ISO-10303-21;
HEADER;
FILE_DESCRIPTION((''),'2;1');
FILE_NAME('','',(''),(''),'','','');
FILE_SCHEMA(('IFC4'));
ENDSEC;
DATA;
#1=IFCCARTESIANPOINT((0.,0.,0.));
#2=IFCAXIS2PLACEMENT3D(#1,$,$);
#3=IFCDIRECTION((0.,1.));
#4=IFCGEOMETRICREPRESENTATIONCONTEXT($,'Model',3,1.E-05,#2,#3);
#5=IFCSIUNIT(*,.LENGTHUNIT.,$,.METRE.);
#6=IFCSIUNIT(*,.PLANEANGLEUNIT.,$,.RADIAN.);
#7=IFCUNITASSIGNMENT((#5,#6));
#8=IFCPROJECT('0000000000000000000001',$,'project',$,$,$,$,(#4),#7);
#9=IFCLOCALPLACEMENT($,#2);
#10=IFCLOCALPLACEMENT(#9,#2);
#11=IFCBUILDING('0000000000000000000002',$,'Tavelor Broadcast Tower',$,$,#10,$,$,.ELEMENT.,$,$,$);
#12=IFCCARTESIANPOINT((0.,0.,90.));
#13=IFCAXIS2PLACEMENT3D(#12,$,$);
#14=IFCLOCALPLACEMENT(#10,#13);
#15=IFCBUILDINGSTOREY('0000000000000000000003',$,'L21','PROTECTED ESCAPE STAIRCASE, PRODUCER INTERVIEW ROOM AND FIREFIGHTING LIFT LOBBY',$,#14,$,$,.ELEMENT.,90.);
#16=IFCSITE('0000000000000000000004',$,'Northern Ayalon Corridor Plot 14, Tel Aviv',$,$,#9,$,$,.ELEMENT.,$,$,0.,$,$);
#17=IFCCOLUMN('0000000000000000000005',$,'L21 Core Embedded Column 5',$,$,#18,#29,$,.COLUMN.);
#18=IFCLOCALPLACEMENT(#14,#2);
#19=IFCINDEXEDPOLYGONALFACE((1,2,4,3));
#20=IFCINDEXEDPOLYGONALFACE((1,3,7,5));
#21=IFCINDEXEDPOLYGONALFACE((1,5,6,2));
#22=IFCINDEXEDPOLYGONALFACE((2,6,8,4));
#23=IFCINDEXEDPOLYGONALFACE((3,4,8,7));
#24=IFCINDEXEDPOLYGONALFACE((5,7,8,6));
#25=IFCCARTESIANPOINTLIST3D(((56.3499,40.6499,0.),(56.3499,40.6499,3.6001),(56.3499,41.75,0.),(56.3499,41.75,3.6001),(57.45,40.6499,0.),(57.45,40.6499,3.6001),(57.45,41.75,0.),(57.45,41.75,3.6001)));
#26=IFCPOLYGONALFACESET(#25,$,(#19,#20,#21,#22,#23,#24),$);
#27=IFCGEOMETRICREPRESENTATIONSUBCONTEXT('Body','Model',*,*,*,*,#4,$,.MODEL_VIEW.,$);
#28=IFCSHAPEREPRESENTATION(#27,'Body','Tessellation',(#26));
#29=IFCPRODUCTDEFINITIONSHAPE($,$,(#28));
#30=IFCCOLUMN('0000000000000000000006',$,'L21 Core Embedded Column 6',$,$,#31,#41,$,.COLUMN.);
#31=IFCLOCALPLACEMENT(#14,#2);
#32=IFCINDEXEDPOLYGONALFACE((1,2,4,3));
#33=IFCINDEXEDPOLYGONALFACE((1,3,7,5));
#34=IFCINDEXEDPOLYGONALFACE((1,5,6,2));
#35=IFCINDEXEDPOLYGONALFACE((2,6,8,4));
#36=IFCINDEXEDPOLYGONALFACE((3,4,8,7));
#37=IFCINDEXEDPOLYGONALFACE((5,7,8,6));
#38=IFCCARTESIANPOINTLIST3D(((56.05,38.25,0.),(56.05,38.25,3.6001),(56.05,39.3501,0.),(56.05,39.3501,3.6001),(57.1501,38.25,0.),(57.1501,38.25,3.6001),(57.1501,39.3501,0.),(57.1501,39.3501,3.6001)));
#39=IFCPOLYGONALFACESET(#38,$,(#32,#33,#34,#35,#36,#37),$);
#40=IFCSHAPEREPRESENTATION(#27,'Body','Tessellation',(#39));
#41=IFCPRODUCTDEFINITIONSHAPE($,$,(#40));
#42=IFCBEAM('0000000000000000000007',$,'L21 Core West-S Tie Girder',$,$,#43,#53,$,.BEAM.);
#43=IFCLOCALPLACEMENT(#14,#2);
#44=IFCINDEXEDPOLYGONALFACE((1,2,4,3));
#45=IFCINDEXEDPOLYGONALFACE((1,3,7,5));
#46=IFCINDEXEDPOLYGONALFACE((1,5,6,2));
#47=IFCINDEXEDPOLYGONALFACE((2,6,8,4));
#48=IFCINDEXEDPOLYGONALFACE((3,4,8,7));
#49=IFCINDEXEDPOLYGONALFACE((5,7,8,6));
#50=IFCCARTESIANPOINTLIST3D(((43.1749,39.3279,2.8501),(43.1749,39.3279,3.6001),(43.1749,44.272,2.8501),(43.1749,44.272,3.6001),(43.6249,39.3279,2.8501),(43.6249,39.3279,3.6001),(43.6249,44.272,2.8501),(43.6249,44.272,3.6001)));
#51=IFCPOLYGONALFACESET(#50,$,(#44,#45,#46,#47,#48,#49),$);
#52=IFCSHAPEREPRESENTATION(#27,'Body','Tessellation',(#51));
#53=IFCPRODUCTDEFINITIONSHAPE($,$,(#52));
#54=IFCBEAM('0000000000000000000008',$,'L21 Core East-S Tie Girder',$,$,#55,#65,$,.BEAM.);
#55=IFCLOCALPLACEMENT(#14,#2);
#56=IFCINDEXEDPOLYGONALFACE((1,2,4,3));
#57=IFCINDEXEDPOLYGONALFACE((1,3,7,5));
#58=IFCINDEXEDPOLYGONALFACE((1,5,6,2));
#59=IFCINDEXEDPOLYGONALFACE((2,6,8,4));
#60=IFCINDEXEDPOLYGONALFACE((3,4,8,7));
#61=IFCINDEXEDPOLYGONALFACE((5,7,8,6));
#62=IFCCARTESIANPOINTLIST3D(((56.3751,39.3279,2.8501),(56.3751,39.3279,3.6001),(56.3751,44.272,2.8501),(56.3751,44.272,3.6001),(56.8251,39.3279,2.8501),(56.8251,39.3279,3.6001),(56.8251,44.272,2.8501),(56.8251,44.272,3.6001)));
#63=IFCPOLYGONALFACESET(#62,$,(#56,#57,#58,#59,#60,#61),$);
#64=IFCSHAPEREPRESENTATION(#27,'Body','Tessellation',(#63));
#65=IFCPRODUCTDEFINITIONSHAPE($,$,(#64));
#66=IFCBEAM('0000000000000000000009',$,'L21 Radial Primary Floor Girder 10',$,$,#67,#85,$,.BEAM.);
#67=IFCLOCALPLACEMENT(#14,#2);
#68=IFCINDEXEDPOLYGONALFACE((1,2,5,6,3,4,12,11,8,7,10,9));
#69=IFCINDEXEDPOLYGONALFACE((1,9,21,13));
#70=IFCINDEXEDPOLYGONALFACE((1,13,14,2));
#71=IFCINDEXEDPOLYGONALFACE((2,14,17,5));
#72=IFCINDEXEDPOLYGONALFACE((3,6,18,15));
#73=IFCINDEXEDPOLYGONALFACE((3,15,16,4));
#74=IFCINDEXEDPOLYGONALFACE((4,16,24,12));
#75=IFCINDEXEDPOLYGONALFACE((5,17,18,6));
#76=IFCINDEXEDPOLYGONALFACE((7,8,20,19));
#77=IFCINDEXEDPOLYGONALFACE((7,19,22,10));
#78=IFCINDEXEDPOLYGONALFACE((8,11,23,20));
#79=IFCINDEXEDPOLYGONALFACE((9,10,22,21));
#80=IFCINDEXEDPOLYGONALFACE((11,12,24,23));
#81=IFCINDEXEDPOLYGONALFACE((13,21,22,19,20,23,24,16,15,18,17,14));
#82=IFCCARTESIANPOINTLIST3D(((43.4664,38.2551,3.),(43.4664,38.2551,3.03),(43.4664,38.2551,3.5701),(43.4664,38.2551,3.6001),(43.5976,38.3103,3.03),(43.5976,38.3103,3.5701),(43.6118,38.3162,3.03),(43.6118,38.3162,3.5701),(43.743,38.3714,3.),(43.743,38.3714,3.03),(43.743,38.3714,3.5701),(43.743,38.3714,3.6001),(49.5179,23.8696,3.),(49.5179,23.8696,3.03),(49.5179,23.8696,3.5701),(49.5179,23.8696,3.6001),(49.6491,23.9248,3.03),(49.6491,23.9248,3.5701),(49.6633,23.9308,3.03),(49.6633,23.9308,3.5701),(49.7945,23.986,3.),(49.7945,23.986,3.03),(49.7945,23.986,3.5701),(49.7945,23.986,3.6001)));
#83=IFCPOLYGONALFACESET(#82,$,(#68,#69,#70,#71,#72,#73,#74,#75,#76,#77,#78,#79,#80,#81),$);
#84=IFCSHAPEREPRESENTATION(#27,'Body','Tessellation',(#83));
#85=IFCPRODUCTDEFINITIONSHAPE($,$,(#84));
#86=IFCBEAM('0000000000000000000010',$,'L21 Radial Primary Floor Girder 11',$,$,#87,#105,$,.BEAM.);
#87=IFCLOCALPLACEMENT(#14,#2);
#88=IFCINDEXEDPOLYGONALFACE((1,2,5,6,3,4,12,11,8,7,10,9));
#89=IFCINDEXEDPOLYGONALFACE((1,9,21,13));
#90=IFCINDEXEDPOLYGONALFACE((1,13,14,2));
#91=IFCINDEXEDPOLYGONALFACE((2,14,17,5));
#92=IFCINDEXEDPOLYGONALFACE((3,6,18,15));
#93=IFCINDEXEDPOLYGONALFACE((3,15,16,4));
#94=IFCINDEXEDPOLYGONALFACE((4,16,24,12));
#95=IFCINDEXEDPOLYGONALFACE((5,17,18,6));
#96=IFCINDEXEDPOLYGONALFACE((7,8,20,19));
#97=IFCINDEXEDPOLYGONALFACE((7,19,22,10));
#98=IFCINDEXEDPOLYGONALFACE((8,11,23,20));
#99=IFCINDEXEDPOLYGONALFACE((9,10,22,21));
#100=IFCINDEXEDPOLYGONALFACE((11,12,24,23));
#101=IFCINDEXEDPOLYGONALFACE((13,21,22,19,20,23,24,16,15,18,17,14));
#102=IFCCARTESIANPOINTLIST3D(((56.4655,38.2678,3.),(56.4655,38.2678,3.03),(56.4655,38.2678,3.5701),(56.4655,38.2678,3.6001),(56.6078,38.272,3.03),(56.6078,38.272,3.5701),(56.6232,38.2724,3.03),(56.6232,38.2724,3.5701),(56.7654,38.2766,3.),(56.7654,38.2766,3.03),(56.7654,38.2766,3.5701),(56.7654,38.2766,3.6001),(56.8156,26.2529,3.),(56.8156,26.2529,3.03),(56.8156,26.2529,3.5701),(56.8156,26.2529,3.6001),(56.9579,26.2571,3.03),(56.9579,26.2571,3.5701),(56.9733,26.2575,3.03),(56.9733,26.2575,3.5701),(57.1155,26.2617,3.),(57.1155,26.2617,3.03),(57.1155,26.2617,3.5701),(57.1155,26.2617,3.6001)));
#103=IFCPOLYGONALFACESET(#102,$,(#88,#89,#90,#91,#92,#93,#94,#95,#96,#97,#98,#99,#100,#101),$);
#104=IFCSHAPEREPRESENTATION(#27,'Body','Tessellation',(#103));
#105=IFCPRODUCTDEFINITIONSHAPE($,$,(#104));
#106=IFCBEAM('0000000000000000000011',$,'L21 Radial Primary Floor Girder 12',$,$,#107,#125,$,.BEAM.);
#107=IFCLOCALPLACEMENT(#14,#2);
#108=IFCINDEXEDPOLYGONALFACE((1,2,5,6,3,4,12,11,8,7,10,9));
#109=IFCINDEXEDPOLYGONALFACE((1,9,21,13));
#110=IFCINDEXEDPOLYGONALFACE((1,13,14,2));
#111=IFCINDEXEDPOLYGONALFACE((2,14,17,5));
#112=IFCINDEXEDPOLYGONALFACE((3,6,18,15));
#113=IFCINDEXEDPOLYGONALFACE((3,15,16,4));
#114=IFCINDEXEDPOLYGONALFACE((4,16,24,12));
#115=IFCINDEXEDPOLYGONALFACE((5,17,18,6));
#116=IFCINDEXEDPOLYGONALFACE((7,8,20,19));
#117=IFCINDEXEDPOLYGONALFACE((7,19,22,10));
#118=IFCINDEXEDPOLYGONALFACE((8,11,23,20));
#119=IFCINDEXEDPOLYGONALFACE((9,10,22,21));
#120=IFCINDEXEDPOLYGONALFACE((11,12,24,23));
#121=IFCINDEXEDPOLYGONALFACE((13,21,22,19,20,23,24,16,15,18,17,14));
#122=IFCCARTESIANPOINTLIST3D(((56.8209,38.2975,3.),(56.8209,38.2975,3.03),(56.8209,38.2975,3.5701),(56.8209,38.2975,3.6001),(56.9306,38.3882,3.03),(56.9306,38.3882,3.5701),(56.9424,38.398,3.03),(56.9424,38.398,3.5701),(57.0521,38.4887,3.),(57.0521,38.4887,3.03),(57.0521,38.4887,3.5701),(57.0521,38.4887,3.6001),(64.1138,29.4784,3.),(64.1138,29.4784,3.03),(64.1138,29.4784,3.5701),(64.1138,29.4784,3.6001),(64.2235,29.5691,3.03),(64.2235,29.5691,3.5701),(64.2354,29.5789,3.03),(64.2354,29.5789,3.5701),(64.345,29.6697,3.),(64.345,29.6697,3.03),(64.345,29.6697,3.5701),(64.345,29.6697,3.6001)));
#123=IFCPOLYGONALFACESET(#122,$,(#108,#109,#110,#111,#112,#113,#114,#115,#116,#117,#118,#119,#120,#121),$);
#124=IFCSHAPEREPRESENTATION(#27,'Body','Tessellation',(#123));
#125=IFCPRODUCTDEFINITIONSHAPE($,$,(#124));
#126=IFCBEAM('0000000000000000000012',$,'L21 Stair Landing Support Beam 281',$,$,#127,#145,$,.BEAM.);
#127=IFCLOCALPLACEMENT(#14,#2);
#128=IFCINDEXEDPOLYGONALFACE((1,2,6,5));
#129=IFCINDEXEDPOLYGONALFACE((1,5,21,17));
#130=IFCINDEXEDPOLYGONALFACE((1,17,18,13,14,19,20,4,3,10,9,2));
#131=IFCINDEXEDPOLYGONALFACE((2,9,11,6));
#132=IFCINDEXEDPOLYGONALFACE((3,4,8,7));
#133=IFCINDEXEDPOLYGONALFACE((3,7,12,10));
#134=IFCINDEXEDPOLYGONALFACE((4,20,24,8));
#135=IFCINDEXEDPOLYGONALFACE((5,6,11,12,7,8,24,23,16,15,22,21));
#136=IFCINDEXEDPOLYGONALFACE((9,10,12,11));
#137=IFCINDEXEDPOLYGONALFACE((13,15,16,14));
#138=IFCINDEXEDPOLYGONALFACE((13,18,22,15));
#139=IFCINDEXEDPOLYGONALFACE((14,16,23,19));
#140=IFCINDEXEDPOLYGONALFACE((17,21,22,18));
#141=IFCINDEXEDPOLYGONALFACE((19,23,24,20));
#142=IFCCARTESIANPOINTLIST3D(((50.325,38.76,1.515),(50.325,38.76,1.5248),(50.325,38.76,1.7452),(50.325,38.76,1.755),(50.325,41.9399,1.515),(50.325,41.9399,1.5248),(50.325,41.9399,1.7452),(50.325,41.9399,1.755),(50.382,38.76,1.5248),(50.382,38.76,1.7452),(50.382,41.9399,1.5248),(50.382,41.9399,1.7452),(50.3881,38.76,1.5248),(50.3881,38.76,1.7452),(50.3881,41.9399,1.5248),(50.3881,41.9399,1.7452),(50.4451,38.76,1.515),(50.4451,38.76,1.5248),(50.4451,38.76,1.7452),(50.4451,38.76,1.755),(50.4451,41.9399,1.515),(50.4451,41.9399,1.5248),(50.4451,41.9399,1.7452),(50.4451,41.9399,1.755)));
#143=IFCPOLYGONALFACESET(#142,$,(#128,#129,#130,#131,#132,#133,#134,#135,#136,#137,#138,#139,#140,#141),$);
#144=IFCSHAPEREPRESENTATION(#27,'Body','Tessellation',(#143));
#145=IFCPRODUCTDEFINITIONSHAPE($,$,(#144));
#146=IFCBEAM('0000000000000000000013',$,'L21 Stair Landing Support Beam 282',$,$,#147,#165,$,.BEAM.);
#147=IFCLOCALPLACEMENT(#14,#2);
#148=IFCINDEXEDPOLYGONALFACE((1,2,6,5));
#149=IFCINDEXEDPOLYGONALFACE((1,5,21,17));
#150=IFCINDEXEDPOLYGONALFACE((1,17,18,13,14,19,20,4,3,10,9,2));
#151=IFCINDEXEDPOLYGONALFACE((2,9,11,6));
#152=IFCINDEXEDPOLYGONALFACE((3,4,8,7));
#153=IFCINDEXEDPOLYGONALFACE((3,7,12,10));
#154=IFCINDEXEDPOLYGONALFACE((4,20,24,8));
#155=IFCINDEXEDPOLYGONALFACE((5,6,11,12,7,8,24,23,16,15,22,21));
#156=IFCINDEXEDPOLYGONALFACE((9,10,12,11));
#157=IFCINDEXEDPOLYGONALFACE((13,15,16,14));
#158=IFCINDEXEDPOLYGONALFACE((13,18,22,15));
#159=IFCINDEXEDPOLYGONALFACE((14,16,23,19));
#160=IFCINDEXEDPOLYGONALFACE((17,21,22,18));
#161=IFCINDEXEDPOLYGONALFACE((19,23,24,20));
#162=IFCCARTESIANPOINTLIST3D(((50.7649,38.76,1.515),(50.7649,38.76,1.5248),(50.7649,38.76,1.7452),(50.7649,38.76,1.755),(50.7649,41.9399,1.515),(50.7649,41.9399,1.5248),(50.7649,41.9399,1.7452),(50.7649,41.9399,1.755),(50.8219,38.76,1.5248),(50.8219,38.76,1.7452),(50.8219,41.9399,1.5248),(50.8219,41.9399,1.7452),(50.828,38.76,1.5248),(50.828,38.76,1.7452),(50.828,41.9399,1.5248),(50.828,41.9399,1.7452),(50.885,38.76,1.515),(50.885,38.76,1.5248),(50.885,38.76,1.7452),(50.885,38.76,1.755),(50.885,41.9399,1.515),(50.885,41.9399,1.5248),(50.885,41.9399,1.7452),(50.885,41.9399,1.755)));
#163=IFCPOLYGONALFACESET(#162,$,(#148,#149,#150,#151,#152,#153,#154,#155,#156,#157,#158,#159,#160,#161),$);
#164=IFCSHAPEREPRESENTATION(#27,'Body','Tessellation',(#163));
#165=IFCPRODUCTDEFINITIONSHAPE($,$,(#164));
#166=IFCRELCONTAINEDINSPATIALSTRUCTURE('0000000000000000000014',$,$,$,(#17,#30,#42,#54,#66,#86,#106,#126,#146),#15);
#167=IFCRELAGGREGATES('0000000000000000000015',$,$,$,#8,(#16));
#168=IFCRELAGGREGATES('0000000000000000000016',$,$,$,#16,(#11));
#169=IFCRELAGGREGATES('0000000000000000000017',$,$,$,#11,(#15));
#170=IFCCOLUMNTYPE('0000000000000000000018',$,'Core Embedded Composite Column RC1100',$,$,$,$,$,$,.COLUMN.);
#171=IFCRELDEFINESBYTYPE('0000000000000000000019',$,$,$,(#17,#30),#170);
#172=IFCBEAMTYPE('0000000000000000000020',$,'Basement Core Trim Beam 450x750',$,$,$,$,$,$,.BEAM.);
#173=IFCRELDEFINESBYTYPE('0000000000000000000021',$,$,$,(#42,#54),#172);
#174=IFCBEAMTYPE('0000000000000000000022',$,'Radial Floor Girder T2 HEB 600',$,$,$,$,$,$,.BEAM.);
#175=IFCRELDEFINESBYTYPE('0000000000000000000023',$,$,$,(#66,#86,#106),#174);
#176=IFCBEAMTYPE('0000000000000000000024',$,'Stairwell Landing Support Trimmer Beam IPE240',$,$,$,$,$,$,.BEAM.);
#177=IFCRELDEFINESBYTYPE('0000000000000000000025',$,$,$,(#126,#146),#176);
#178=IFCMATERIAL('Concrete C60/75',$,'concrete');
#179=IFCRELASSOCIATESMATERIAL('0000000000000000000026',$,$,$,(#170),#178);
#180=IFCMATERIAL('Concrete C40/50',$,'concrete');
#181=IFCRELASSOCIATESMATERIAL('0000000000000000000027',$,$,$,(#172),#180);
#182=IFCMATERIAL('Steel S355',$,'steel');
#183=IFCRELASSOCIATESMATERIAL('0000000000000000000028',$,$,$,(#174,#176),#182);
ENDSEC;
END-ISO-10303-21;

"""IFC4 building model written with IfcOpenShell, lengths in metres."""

from ifc_helpers import new_model, si_unit, direction, frame, origin, origin_2d, place, context, subcontext, project, spatial, rectangle, i_section, extrude, material, material_profile, profile_set, type_object, element, save


model = new_model("IFC4")

# Units and contexts
model_context = context("Model", 3, precision=1e-05, world=origin(), true_north=direction((0.0, 1.0)))
body_context = subcontext(model_context, "Body", "Model", "MODEL_VIEW")
ifc_project = project(units=[si_unit("LENGTHUNIT", "METRE"), si_unit("PLANEANGLEUNIT", "RADIAN")], contexts=[model_context])

# Site, building, storey
site_placement = place(None, origin())
site = spatial("IfcSite", under=ifc_project, at=site_placement, Name="Northern Ayalon Corridor Plot 14, Tel Aviv", CompositionType="ELEMENT", RefElevation=0.0)
building_placement = place(site_placement, origin())
building = spatial("IfcBuilding", under=site, at=building_placement, Name="Tavelor Broadcast Tower", CompositionType="ELEMENT")
storey_placement = place(building_placement, frame((0.0, 0.0, 90.0)))
storey = spatial("IfcBuildingStorey", under=building, at=storey_placement, Name="L21", Description="PROTECTED ESCAPE STAIRCASE, PRODUCER INTERVIEW ROOM AND FIREFIGHTING LIFT LOBBY", CompositionType="ELEMENT", Elevation=90.0)

# Columns
ifc_material_1 = material(Name="Concrete C60/75", Category="concrete")
ifc_material_profile_1 = material_profile(ifc_material_1, rectangle(XDim=1.1001, YDim=1.1001, at=origin_2d()), Name="RC 1100x1100")
ifc_profile_set_1 = profile_set([ifc_material_profile_1], Name="Concrete C60/75")
column_type = type_object("IfcColumnType", Name="Core Embedded Composite Column RC1100", PredefinedType="COLUMN", material=ifc_profile_set_1)
for number, where, z_axis, x_axis, name in (
    (1, (56.8999, 41.2, 0.0), (0.0, 0.0, 1.0), (1.0, 0.0, 0.0), "L21 Core Embedded Column 5"),
    (2, (56.6001, 38.8, 0.0), (0.0, 0.0, 1.0), (1.0, 0.0, 0.0), "L21 Core Embedded Column 6"),
):
    element("IfcColumn", number, at=place(storey_placement, frame(where, z_axis=z_axis, x_axis=x_axis)), inside=storey, type_object=column_type, Name=name, PredefinedType="COLUMN", context=body_context, shape_type="SweptSolid", body=[
        extrude(rectangle(XDim=1.1001, YDim=1.1001, at=origin_2d()), origin(), (0.0, 0.0, 1.0), 3.6001),
    ])

# Beams
ifc_material_2 = material(Name="Concrete C40/50", Category="concrete")
ifc_material_profile_2 = material_profile(ifc_material_2, rectangle(XDim=0.45, YDim=0.75, at=origin_2d()), Name="RC 450x750")
ifc_profile_set_2 = profile_set([ifc_material_profile_2], Name="Concrete C40/50")
beam_type_1 = type_object("IfcBeamType", Name="Basement Core Trim Beam 450x750", PredefinedType="BEAM", material=ifc_profile_set_2)
for number, where, z_axis, x_axis, name in (
    (3, (43.3999, 39.3279, 3.2251), (0.0, 1.0, 0.0), (-1.0, 0.0, 0.0), "L21 Core West-S Tie Girder"),
    (4, (56.6001, 39.3279, 3.2251), (0.0, 1.0, 0.0), (-1.0, 0.0, 0.0), "L21 Core East-S Tie Girder"),
):
    element("IfcBeam", number, at=place(storey_placement, frame(where, z_axis=z_axis, x_axis=x_axis)), inside=storey, type_object=beam_type_1, Name=name, PredefinedType="BEAM", context=body_context, shape_type="SweptSolid", body=[
        extrude(rectangle(XDim=0.45, YDim=0.75, at=origin_2d()), origin(), (0.0, 0.0, 1.0), 4.9441),
    ])
ifc_material_3 = material(Name="Steel S355", Category="steel")
ifc_material_profile_3 = material_profile(ifc_material_3, i_section(OverallWidth=0.3, OverallDepth=0.6001, WebThickness=0.0154, FlangeThickness=0.03, at=origin_2d()), Name="HEB 600")
ifc_profile_set_3 = profile_set([ifc_material_profile_3], Name="Steel S355")
beam_type_2 = type_object("IfcBeamType", Name="Radial Floor Girder T2 HEB 600", PredefinedType="BEAM", material=ifc_profile_set_3)
beam_1_placement = place(storey_placement, frame((43.6047, 38.3132, 3.3), z_axis=(0.387756, -0.921762, 0.0), x_axis=(0.921762, 0.387756, 0.0)))
element("IfcBeam", 5, at=beam_1_placement, inside=storey, type_object=beam_type_2, Name="L21 Radial Primary Floor Girder 10", PredefinedType="BEAM", context=body_context, shape_type="SweptSolid", body=[
    extrude(i_section(OverallWidth=0.3, OverallDepth=0.6001, WebThickness=0.0154, FlangeThickness=0.03, at=origin_2d()), origin(), (0.0, 0.0, 1.0), 15.6064),
])
beam_2_placement = place(storey_placement, frame((56.6155, 38.2722, 3.3), z_axis=(0.029126, -0.999576, 0.0), x_axis=(0.999576, 0.029126, 0.0)))
element("IfcBeam", 6, at=beam_2_placement, inside=storey, type_object=beam_type_2, Name="L21 Radial Primary Floor Girder 11", PredefinedType="BEAM", context=body_context, shape_type="SweptSolid", body=[
    extrude(i_section(OverallWidth=0.3, OverallDepth=0.6001, WebThickness=0.0154, FlangeThickness=0.03, at=origin_2d()), origin(), (0.0, 0.0, 1.0), 12.02),
])
beam_3_placement = place(storey_placement, frame((56.9365, 38.3931, 3.3), z_axis=(0.637278, -0.770634, 0.0), x_axis=(0.770634, 0.637278, 0.0)))
element("IfcBeam", 7, at=beam_3_placement, inside=storey, type_object=beam_type_2, Name="L21 Radial Primary Floor Girder 12", PredefinedType="BEAM", context=body_context, shape_type="SweptSolid", body=[
    extrude(i_section(OverallWidth=0.3, OverallDepth=0.6001, WebThickness=0.0154, FlangeThickness=0.03, at=origin_2d()), origin(), (0.0, 0.0, 1.0), 11.4438),
])
ifc_material_profile_4 = material_profile(ifc_material_3, i_section(OverallWidth=0.1201, OverallDepth=0.24, WebThickness=0.0061, FlangeThickness=0.0098, at=origin_2d()), Name="IPE 240")
ifc_profile_set_4 = profile_set([ifc_material_profile_4], Name="Steel S355")
beam_type_3 = type_object("IfcBeamType", Name="Stairwell Landing Support Trimmer Beam IPE240", PredefinedType="BEAM", material=ifc_profile_set_4)
for number, where, z_axis, x_axis, name in (
    (8, (50.385, 38.76, 1.635), (0.0, 1.0, 0.0), (-1.0, 0.0, 0.0), "L21 Stair Landing Support Beam 281"),
    (9, (50.825, 38.76, 1.635), (0.0, 1.0, 0.0), (-1.0, 0.0, 0.0), "L21 Stair Landing Support Beam 282"),
):
    element("IfcBeam", number, at=place(storey_placement, frame(where, z_axis=z_axis, x_axis=x_axis)), inside=storey, type_object=beam_type_3, Name=name, PredefinedType="BEAM", context=body_context, shape_type="SweptSolid", body=[
        extrude(i_section(OverallWidth=0.1201, OverallDepth=0.24, WebThickness=0.0061, FlangeThickness=0.0098, at=origin_2d()), origin(), (0.0, 0.0, 1.0), 3.1799),
    ])

save(model, "model.ifc")
